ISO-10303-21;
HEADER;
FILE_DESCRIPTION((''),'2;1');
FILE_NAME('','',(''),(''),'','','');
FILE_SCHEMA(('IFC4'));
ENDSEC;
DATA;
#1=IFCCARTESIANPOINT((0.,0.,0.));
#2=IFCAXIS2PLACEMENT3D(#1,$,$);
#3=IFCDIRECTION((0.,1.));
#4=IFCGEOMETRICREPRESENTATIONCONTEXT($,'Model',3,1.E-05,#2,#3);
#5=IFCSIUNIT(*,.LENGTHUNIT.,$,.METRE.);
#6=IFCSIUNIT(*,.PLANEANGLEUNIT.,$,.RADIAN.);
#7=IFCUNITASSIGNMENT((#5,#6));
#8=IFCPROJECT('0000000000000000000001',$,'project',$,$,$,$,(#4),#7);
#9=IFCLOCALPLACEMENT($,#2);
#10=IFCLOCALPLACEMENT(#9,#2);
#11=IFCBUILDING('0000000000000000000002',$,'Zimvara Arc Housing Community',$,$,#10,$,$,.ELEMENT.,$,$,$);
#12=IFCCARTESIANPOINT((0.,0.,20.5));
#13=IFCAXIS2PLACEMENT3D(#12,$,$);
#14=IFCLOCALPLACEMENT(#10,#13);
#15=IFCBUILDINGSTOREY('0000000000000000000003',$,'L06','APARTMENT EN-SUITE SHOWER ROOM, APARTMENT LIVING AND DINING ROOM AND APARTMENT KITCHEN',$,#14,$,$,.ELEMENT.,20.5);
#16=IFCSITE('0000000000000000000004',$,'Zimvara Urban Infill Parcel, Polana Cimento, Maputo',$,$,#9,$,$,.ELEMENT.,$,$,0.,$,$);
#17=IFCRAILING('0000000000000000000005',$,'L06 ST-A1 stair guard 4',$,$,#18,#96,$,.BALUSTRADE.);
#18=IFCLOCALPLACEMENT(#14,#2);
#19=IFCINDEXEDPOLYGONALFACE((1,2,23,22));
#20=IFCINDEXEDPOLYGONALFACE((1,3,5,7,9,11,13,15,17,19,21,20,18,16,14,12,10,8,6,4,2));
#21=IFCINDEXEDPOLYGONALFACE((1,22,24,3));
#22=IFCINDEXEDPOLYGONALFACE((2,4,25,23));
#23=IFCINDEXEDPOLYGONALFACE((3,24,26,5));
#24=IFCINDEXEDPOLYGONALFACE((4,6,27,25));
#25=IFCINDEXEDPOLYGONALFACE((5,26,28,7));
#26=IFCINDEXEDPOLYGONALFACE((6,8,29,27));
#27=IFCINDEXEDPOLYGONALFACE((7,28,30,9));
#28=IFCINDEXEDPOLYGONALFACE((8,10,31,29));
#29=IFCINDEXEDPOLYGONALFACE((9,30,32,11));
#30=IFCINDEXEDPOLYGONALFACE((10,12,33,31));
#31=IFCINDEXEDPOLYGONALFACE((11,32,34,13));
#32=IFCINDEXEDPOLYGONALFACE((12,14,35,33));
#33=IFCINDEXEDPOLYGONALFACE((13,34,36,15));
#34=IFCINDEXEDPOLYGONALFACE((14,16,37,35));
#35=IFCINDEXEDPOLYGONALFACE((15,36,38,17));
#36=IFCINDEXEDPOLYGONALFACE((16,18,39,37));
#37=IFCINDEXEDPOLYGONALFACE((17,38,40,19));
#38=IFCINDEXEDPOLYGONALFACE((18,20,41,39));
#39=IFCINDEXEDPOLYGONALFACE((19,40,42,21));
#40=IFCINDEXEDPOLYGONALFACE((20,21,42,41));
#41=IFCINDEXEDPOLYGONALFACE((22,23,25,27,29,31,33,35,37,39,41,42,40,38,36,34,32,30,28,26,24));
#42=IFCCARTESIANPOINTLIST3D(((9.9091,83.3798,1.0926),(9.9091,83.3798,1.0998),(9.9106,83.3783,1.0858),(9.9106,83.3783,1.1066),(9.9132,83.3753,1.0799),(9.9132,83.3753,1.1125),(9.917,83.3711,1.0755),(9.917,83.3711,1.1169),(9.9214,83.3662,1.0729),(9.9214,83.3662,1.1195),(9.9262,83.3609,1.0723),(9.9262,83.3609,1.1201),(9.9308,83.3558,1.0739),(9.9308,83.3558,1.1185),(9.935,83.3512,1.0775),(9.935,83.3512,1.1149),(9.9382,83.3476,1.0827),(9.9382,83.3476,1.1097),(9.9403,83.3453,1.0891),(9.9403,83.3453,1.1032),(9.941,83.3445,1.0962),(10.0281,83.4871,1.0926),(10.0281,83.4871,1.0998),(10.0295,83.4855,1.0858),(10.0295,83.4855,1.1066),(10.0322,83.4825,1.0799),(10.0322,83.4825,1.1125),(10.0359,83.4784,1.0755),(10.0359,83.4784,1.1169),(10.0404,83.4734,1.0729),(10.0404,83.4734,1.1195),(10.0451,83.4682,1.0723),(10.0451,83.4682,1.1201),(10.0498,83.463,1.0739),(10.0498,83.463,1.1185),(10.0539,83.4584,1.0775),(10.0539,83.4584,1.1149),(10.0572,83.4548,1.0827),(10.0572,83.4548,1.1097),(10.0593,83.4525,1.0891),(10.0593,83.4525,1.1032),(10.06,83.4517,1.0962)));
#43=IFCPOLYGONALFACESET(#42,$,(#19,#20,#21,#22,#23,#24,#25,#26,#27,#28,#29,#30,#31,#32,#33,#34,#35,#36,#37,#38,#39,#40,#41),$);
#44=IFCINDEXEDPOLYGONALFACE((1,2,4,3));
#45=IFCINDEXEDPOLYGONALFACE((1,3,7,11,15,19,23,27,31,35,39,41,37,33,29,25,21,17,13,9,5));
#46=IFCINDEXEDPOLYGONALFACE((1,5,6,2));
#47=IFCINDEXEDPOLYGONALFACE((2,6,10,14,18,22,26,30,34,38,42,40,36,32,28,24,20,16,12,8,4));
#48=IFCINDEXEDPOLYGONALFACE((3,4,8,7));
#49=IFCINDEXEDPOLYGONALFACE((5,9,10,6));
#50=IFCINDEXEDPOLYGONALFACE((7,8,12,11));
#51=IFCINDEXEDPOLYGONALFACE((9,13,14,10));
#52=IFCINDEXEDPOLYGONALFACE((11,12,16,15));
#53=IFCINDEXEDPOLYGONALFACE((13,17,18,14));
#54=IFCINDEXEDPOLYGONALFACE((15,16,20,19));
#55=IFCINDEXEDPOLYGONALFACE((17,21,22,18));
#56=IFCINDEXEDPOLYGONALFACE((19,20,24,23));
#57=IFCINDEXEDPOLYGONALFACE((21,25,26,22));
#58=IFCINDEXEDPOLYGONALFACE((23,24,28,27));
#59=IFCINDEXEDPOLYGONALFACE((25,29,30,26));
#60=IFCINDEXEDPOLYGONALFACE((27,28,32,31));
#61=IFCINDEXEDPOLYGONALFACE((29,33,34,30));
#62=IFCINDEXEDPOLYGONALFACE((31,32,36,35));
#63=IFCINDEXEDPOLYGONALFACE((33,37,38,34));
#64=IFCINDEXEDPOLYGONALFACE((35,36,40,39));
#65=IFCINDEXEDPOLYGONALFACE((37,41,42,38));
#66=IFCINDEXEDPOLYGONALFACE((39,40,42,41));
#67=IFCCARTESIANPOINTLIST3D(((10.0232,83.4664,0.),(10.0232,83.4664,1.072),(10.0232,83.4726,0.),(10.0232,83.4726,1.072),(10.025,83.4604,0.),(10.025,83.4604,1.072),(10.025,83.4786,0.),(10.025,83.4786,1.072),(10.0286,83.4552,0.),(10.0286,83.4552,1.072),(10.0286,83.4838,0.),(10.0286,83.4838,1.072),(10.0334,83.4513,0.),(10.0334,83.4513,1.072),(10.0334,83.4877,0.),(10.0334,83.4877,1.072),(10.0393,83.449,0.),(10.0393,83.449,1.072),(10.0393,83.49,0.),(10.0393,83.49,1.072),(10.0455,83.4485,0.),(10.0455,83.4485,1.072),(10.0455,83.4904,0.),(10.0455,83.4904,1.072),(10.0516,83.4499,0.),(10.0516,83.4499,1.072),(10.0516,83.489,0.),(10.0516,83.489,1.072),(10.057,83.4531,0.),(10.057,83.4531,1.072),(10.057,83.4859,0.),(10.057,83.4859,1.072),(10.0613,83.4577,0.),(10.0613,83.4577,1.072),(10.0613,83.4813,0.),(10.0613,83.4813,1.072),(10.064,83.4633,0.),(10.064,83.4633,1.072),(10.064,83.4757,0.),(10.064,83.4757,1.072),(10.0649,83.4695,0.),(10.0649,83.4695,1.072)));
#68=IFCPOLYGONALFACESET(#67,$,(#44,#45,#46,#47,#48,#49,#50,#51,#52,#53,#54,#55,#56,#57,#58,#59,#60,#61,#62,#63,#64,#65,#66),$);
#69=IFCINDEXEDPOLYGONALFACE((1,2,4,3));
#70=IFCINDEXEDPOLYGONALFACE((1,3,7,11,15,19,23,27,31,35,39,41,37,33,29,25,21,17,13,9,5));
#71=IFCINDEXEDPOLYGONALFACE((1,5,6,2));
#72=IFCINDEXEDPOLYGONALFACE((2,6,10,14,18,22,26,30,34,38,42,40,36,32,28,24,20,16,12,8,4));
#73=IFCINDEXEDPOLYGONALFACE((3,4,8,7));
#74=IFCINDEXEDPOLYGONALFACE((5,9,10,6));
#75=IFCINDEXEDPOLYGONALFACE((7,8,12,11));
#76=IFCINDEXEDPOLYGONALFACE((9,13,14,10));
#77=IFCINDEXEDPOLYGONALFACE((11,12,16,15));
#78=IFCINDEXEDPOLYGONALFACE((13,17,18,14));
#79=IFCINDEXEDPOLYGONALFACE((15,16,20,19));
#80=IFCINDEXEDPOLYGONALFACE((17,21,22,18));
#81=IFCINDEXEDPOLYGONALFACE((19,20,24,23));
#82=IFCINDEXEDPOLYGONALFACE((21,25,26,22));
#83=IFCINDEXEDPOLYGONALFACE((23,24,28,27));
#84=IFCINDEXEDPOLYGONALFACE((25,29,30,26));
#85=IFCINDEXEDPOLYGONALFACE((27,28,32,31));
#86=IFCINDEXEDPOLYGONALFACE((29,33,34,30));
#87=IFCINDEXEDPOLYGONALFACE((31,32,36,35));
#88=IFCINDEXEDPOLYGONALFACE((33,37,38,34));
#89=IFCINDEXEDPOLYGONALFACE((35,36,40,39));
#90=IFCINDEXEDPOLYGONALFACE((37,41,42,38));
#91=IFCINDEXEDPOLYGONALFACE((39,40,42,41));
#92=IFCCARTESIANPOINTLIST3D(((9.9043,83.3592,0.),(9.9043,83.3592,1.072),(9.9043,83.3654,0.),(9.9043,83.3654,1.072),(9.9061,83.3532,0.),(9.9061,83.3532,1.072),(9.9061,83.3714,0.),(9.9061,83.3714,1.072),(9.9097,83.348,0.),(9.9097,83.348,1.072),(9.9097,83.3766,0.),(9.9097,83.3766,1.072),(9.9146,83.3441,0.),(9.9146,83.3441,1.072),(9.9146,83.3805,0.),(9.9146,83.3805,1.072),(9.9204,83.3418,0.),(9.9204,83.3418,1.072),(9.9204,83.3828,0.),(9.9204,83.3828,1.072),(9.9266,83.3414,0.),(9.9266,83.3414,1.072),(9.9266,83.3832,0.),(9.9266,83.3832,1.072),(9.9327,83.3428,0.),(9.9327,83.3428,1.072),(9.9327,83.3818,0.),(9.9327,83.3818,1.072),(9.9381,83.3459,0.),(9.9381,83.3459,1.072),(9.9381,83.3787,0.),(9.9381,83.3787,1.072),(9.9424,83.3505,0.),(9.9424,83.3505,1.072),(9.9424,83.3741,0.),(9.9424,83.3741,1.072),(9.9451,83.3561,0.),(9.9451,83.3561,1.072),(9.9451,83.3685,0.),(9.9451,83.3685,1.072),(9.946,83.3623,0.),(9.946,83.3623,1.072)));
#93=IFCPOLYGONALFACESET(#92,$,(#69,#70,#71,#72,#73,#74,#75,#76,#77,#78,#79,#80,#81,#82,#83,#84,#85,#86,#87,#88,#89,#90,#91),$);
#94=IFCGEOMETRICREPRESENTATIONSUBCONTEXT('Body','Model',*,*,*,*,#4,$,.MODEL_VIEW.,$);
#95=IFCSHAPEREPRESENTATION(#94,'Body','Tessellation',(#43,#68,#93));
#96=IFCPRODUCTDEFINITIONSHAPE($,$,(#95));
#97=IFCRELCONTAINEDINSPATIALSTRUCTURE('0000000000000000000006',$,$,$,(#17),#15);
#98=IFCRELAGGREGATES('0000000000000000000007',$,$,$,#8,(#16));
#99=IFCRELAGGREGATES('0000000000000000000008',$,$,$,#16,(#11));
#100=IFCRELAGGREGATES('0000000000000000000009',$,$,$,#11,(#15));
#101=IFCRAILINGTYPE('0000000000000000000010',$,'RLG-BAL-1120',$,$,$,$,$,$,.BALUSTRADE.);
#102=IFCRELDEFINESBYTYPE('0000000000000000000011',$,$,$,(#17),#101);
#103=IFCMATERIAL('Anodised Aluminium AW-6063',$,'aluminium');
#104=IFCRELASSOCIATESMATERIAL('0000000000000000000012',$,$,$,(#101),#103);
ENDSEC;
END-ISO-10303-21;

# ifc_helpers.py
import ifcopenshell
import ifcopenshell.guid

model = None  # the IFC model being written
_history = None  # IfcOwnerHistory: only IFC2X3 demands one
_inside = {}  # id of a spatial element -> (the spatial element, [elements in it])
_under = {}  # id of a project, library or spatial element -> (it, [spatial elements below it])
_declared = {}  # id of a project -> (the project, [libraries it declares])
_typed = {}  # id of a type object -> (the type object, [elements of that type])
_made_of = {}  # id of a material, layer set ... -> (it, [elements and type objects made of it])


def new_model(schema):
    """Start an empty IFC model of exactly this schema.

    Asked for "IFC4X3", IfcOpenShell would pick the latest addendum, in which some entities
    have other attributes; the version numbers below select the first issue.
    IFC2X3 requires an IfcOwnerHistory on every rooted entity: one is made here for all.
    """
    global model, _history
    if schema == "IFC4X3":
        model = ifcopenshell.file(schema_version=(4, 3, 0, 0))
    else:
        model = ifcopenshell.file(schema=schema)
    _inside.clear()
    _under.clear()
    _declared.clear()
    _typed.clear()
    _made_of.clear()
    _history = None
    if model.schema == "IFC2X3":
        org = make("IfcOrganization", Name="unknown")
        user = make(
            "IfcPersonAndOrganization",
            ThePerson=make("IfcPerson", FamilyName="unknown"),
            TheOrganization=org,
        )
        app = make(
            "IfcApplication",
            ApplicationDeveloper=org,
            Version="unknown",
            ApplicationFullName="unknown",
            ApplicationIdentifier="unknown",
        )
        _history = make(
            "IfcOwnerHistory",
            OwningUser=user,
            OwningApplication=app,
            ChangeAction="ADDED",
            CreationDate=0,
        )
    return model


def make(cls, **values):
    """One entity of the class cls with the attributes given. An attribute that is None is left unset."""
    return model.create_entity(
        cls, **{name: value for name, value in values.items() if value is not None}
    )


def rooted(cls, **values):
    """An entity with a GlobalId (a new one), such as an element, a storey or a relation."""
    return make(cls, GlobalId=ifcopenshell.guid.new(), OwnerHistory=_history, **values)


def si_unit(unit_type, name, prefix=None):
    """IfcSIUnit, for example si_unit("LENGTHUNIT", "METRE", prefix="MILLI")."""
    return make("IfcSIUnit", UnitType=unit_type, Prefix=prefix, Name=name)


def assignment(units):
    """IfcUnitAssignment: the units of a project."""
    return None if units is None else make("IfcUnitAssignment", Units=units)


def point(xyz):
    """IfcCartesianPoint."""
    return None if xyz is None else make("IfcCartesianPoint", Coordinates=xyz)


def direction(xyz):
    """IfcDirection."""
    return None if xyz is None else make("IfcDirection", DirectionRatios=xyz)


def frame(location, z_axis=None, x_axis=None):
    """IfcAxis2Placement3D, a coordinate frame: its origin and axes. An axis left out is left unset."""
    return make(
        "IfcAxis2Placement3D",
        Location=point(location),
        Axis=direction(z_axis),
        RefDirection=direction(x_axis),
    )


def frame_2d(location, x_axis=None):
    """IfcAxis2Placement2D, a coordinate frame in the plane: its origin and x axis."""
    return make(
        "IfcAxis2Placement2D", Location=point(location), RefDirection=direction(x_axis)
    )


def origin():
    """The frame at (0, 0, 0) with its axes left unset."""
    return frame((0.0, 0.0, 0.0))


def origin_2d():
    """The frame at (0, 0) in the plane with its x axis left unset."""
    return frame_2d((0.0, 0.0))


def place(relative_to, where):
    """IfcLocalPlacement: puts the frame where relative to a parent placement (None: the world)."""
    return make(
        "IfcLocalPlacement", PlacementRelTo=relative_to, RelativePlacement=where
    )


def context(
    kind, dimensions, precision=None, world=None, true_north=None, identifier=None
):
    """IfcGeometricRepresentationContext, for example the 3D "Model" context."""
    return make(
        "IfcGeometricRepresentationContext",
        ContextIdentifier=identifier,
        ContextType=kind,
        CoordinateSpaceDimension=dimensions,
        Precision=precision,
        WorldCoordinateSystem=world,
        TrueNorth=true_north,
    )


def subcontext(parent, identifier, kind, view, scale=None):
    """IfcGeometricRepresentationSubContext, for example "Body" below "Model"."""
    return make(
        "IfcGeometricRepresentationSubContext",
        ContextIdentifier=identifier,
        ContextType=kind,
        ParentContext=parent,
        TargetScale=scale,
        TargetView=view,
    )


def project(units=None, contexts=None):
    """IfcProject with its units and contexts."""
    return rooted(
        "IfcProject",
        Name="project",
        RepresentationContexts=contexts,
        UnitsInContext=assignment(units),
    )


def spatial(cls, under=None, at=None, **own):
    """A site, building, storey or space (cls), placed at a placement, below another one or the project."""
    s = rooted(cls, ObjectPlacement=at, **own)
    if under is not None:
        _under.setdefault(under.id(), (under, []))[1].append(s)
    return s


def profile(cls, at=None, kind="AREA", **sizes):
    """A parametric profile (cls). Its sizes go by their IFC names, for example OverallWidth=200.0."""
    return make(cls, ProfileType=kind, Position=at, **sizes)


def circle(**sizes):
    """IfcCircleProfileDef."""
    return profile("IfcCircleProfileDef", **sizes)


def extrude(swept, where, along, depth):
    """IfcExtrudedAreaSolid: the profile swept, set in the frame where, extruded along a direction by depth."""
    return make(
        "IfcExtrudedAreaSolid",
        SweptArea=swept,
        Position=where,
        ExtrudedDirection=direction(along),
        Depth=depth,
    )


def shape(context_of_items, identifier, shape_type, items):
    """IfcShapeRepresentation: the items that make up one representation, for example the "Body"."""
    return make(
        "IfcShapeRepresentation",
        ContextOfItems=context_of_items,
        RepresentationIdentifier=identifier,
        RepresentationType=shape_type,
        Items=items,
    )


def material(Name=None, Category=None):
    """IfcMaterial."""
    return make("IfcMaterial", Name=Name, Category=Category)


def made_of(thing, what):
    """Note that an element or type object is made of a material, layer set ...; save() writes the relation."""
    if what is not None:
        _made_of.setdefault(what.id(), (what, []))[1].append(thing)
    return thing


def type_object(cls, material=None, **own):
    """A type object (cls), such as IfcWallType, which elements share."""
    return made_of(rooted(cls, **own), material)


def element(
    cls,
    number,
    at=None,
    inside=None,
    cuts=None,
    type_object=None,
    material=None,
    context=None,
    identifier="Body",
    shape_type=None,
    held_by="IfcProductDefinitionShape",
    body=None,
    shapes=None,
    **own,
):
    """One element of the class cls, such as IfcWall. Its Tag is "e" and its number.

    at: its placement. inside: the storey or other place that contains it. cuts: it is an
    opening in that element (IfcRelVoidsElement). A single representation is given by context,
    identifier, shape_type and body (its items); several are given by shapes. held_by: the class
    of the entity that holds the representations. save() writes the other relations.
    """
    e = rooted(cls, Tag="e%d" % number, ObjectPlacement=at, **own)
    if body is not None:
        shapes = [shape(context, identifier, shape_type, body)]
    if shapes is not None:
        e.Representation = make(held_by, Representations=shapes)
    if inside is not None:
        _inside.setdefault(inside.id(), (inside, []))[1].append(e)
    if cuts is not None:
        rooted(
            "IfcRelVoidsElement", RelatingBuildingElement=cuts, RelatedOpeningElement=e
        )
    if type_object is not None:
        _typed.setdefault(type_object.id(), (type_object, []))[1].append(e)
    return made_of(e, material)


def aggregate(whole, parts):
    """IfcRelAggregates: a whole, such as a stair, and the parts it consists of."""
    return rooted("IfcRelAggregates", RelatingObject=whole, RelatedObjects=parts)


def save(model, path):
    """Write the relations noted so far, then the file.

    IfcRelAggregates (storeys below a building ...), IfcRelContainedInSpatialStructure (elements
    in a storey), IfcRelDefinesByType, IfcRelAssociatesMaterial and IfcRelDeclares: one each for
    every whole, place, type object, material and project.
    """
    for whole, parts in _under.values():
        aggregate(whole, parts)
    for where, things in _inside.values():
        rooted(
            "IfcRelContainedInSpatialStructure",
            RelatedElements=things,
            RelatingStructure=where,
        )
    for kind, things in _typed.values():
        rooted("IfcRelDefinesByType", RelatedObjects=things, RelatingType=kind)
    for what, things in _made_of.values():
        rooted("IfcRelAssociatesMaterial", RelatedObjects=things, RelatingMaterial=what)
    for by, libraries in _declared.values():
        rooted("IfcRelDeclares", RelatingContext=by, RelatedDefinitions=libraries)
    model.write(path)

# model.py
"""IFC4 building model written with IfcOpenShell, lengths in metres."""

from ifc_helpers import new_model, si_unit, direction, frame, origin, origin_2d, place, context, subcontext, project, spatial, circle, extrude, material, type_object, element, save


model = new_model("IFC4")

# Units and contexts
model_context = context("Model", 3, precision=1e-05, world=origin(), true_north=direction((0.0, 1.0)))
body_context = subcontext(model_context, "Body", "Model", "MODEL_VIEW")
ifc_project = project(units=[si_unit("LENGTHUNIT", "METRE"), si_unit("PLANEANGLEUNIT", "RADIAN")], contexts=[model_context])

# Site, building, storey
site_placement = place(None, origin())
site = spatial("IfcSite", under=ifc_project, at=site_placement, Name="Zimvara Urban Infill Parcel, Polana Cimento, Maputo", CompositionType="ELEMENT", RefElevation=0.0)
building_placement = place(site_placement, origin())
building = spatial("IfcBuilding", under=site, at=building_placement, Name="Zimvara Arc Housing Community", CompositionType="ELEMENT")
storey_placement = place(building_placement, frame((0.0, 0.0, 20.5)))
storey = spatial("IfcBuildingStorey", under=building, at=storey_placement, Name="L06", Description="APARTMENT EN-SUITE SHOWER ROOM, APARTMENT LIVING AND DINING ROOM AND APARTMENT KITCHEN", CompositionType="ELEMENT", Elevation=20.5)

# Railing
ifc_material_1 = material(Name="Anodised Aluminium AW-6063", Category="aluminium")
railing_type_1 = type_object("IfcRailingType", Name="RLG-BAL-1120", PredefinedType="BALUSTRADE", material=ifc_material_1)
railing_1_placement = place(storey_placement, frame((10.0439, 83.4695, 0.0)))
element("IfcRailing", 1, at=railing_1_placement, inside=storey, type_object=railing_type_1, Name="L06 ST-A1 stair guard 4", PredefinedType="BALUSTRADE", context=body_context, shape_type="SweptSolid", body=[
    extrude(circle(Radius=0.0239, at=origin_2d()), frame((0.0, 0.0, 1.0962), z_axis=(-0.742763, -0.669554, 0.0), x_axis=(0.669554, -0.742763, 0.0)), (0.0, 0.0, 1.0), 0.1602),
    extrude(circle(Radius=0.021, at=origin_2d()), origin(), (0.0, 0.0, 1.0), 1.072),
    extrude(circle(Radius=0.021, at=origin_2d()), frame((-0.1189, -0.1072, 0.0)), (0.0, 0.0, 1.0), 1.072),
])

save(model, "model.ifc")
